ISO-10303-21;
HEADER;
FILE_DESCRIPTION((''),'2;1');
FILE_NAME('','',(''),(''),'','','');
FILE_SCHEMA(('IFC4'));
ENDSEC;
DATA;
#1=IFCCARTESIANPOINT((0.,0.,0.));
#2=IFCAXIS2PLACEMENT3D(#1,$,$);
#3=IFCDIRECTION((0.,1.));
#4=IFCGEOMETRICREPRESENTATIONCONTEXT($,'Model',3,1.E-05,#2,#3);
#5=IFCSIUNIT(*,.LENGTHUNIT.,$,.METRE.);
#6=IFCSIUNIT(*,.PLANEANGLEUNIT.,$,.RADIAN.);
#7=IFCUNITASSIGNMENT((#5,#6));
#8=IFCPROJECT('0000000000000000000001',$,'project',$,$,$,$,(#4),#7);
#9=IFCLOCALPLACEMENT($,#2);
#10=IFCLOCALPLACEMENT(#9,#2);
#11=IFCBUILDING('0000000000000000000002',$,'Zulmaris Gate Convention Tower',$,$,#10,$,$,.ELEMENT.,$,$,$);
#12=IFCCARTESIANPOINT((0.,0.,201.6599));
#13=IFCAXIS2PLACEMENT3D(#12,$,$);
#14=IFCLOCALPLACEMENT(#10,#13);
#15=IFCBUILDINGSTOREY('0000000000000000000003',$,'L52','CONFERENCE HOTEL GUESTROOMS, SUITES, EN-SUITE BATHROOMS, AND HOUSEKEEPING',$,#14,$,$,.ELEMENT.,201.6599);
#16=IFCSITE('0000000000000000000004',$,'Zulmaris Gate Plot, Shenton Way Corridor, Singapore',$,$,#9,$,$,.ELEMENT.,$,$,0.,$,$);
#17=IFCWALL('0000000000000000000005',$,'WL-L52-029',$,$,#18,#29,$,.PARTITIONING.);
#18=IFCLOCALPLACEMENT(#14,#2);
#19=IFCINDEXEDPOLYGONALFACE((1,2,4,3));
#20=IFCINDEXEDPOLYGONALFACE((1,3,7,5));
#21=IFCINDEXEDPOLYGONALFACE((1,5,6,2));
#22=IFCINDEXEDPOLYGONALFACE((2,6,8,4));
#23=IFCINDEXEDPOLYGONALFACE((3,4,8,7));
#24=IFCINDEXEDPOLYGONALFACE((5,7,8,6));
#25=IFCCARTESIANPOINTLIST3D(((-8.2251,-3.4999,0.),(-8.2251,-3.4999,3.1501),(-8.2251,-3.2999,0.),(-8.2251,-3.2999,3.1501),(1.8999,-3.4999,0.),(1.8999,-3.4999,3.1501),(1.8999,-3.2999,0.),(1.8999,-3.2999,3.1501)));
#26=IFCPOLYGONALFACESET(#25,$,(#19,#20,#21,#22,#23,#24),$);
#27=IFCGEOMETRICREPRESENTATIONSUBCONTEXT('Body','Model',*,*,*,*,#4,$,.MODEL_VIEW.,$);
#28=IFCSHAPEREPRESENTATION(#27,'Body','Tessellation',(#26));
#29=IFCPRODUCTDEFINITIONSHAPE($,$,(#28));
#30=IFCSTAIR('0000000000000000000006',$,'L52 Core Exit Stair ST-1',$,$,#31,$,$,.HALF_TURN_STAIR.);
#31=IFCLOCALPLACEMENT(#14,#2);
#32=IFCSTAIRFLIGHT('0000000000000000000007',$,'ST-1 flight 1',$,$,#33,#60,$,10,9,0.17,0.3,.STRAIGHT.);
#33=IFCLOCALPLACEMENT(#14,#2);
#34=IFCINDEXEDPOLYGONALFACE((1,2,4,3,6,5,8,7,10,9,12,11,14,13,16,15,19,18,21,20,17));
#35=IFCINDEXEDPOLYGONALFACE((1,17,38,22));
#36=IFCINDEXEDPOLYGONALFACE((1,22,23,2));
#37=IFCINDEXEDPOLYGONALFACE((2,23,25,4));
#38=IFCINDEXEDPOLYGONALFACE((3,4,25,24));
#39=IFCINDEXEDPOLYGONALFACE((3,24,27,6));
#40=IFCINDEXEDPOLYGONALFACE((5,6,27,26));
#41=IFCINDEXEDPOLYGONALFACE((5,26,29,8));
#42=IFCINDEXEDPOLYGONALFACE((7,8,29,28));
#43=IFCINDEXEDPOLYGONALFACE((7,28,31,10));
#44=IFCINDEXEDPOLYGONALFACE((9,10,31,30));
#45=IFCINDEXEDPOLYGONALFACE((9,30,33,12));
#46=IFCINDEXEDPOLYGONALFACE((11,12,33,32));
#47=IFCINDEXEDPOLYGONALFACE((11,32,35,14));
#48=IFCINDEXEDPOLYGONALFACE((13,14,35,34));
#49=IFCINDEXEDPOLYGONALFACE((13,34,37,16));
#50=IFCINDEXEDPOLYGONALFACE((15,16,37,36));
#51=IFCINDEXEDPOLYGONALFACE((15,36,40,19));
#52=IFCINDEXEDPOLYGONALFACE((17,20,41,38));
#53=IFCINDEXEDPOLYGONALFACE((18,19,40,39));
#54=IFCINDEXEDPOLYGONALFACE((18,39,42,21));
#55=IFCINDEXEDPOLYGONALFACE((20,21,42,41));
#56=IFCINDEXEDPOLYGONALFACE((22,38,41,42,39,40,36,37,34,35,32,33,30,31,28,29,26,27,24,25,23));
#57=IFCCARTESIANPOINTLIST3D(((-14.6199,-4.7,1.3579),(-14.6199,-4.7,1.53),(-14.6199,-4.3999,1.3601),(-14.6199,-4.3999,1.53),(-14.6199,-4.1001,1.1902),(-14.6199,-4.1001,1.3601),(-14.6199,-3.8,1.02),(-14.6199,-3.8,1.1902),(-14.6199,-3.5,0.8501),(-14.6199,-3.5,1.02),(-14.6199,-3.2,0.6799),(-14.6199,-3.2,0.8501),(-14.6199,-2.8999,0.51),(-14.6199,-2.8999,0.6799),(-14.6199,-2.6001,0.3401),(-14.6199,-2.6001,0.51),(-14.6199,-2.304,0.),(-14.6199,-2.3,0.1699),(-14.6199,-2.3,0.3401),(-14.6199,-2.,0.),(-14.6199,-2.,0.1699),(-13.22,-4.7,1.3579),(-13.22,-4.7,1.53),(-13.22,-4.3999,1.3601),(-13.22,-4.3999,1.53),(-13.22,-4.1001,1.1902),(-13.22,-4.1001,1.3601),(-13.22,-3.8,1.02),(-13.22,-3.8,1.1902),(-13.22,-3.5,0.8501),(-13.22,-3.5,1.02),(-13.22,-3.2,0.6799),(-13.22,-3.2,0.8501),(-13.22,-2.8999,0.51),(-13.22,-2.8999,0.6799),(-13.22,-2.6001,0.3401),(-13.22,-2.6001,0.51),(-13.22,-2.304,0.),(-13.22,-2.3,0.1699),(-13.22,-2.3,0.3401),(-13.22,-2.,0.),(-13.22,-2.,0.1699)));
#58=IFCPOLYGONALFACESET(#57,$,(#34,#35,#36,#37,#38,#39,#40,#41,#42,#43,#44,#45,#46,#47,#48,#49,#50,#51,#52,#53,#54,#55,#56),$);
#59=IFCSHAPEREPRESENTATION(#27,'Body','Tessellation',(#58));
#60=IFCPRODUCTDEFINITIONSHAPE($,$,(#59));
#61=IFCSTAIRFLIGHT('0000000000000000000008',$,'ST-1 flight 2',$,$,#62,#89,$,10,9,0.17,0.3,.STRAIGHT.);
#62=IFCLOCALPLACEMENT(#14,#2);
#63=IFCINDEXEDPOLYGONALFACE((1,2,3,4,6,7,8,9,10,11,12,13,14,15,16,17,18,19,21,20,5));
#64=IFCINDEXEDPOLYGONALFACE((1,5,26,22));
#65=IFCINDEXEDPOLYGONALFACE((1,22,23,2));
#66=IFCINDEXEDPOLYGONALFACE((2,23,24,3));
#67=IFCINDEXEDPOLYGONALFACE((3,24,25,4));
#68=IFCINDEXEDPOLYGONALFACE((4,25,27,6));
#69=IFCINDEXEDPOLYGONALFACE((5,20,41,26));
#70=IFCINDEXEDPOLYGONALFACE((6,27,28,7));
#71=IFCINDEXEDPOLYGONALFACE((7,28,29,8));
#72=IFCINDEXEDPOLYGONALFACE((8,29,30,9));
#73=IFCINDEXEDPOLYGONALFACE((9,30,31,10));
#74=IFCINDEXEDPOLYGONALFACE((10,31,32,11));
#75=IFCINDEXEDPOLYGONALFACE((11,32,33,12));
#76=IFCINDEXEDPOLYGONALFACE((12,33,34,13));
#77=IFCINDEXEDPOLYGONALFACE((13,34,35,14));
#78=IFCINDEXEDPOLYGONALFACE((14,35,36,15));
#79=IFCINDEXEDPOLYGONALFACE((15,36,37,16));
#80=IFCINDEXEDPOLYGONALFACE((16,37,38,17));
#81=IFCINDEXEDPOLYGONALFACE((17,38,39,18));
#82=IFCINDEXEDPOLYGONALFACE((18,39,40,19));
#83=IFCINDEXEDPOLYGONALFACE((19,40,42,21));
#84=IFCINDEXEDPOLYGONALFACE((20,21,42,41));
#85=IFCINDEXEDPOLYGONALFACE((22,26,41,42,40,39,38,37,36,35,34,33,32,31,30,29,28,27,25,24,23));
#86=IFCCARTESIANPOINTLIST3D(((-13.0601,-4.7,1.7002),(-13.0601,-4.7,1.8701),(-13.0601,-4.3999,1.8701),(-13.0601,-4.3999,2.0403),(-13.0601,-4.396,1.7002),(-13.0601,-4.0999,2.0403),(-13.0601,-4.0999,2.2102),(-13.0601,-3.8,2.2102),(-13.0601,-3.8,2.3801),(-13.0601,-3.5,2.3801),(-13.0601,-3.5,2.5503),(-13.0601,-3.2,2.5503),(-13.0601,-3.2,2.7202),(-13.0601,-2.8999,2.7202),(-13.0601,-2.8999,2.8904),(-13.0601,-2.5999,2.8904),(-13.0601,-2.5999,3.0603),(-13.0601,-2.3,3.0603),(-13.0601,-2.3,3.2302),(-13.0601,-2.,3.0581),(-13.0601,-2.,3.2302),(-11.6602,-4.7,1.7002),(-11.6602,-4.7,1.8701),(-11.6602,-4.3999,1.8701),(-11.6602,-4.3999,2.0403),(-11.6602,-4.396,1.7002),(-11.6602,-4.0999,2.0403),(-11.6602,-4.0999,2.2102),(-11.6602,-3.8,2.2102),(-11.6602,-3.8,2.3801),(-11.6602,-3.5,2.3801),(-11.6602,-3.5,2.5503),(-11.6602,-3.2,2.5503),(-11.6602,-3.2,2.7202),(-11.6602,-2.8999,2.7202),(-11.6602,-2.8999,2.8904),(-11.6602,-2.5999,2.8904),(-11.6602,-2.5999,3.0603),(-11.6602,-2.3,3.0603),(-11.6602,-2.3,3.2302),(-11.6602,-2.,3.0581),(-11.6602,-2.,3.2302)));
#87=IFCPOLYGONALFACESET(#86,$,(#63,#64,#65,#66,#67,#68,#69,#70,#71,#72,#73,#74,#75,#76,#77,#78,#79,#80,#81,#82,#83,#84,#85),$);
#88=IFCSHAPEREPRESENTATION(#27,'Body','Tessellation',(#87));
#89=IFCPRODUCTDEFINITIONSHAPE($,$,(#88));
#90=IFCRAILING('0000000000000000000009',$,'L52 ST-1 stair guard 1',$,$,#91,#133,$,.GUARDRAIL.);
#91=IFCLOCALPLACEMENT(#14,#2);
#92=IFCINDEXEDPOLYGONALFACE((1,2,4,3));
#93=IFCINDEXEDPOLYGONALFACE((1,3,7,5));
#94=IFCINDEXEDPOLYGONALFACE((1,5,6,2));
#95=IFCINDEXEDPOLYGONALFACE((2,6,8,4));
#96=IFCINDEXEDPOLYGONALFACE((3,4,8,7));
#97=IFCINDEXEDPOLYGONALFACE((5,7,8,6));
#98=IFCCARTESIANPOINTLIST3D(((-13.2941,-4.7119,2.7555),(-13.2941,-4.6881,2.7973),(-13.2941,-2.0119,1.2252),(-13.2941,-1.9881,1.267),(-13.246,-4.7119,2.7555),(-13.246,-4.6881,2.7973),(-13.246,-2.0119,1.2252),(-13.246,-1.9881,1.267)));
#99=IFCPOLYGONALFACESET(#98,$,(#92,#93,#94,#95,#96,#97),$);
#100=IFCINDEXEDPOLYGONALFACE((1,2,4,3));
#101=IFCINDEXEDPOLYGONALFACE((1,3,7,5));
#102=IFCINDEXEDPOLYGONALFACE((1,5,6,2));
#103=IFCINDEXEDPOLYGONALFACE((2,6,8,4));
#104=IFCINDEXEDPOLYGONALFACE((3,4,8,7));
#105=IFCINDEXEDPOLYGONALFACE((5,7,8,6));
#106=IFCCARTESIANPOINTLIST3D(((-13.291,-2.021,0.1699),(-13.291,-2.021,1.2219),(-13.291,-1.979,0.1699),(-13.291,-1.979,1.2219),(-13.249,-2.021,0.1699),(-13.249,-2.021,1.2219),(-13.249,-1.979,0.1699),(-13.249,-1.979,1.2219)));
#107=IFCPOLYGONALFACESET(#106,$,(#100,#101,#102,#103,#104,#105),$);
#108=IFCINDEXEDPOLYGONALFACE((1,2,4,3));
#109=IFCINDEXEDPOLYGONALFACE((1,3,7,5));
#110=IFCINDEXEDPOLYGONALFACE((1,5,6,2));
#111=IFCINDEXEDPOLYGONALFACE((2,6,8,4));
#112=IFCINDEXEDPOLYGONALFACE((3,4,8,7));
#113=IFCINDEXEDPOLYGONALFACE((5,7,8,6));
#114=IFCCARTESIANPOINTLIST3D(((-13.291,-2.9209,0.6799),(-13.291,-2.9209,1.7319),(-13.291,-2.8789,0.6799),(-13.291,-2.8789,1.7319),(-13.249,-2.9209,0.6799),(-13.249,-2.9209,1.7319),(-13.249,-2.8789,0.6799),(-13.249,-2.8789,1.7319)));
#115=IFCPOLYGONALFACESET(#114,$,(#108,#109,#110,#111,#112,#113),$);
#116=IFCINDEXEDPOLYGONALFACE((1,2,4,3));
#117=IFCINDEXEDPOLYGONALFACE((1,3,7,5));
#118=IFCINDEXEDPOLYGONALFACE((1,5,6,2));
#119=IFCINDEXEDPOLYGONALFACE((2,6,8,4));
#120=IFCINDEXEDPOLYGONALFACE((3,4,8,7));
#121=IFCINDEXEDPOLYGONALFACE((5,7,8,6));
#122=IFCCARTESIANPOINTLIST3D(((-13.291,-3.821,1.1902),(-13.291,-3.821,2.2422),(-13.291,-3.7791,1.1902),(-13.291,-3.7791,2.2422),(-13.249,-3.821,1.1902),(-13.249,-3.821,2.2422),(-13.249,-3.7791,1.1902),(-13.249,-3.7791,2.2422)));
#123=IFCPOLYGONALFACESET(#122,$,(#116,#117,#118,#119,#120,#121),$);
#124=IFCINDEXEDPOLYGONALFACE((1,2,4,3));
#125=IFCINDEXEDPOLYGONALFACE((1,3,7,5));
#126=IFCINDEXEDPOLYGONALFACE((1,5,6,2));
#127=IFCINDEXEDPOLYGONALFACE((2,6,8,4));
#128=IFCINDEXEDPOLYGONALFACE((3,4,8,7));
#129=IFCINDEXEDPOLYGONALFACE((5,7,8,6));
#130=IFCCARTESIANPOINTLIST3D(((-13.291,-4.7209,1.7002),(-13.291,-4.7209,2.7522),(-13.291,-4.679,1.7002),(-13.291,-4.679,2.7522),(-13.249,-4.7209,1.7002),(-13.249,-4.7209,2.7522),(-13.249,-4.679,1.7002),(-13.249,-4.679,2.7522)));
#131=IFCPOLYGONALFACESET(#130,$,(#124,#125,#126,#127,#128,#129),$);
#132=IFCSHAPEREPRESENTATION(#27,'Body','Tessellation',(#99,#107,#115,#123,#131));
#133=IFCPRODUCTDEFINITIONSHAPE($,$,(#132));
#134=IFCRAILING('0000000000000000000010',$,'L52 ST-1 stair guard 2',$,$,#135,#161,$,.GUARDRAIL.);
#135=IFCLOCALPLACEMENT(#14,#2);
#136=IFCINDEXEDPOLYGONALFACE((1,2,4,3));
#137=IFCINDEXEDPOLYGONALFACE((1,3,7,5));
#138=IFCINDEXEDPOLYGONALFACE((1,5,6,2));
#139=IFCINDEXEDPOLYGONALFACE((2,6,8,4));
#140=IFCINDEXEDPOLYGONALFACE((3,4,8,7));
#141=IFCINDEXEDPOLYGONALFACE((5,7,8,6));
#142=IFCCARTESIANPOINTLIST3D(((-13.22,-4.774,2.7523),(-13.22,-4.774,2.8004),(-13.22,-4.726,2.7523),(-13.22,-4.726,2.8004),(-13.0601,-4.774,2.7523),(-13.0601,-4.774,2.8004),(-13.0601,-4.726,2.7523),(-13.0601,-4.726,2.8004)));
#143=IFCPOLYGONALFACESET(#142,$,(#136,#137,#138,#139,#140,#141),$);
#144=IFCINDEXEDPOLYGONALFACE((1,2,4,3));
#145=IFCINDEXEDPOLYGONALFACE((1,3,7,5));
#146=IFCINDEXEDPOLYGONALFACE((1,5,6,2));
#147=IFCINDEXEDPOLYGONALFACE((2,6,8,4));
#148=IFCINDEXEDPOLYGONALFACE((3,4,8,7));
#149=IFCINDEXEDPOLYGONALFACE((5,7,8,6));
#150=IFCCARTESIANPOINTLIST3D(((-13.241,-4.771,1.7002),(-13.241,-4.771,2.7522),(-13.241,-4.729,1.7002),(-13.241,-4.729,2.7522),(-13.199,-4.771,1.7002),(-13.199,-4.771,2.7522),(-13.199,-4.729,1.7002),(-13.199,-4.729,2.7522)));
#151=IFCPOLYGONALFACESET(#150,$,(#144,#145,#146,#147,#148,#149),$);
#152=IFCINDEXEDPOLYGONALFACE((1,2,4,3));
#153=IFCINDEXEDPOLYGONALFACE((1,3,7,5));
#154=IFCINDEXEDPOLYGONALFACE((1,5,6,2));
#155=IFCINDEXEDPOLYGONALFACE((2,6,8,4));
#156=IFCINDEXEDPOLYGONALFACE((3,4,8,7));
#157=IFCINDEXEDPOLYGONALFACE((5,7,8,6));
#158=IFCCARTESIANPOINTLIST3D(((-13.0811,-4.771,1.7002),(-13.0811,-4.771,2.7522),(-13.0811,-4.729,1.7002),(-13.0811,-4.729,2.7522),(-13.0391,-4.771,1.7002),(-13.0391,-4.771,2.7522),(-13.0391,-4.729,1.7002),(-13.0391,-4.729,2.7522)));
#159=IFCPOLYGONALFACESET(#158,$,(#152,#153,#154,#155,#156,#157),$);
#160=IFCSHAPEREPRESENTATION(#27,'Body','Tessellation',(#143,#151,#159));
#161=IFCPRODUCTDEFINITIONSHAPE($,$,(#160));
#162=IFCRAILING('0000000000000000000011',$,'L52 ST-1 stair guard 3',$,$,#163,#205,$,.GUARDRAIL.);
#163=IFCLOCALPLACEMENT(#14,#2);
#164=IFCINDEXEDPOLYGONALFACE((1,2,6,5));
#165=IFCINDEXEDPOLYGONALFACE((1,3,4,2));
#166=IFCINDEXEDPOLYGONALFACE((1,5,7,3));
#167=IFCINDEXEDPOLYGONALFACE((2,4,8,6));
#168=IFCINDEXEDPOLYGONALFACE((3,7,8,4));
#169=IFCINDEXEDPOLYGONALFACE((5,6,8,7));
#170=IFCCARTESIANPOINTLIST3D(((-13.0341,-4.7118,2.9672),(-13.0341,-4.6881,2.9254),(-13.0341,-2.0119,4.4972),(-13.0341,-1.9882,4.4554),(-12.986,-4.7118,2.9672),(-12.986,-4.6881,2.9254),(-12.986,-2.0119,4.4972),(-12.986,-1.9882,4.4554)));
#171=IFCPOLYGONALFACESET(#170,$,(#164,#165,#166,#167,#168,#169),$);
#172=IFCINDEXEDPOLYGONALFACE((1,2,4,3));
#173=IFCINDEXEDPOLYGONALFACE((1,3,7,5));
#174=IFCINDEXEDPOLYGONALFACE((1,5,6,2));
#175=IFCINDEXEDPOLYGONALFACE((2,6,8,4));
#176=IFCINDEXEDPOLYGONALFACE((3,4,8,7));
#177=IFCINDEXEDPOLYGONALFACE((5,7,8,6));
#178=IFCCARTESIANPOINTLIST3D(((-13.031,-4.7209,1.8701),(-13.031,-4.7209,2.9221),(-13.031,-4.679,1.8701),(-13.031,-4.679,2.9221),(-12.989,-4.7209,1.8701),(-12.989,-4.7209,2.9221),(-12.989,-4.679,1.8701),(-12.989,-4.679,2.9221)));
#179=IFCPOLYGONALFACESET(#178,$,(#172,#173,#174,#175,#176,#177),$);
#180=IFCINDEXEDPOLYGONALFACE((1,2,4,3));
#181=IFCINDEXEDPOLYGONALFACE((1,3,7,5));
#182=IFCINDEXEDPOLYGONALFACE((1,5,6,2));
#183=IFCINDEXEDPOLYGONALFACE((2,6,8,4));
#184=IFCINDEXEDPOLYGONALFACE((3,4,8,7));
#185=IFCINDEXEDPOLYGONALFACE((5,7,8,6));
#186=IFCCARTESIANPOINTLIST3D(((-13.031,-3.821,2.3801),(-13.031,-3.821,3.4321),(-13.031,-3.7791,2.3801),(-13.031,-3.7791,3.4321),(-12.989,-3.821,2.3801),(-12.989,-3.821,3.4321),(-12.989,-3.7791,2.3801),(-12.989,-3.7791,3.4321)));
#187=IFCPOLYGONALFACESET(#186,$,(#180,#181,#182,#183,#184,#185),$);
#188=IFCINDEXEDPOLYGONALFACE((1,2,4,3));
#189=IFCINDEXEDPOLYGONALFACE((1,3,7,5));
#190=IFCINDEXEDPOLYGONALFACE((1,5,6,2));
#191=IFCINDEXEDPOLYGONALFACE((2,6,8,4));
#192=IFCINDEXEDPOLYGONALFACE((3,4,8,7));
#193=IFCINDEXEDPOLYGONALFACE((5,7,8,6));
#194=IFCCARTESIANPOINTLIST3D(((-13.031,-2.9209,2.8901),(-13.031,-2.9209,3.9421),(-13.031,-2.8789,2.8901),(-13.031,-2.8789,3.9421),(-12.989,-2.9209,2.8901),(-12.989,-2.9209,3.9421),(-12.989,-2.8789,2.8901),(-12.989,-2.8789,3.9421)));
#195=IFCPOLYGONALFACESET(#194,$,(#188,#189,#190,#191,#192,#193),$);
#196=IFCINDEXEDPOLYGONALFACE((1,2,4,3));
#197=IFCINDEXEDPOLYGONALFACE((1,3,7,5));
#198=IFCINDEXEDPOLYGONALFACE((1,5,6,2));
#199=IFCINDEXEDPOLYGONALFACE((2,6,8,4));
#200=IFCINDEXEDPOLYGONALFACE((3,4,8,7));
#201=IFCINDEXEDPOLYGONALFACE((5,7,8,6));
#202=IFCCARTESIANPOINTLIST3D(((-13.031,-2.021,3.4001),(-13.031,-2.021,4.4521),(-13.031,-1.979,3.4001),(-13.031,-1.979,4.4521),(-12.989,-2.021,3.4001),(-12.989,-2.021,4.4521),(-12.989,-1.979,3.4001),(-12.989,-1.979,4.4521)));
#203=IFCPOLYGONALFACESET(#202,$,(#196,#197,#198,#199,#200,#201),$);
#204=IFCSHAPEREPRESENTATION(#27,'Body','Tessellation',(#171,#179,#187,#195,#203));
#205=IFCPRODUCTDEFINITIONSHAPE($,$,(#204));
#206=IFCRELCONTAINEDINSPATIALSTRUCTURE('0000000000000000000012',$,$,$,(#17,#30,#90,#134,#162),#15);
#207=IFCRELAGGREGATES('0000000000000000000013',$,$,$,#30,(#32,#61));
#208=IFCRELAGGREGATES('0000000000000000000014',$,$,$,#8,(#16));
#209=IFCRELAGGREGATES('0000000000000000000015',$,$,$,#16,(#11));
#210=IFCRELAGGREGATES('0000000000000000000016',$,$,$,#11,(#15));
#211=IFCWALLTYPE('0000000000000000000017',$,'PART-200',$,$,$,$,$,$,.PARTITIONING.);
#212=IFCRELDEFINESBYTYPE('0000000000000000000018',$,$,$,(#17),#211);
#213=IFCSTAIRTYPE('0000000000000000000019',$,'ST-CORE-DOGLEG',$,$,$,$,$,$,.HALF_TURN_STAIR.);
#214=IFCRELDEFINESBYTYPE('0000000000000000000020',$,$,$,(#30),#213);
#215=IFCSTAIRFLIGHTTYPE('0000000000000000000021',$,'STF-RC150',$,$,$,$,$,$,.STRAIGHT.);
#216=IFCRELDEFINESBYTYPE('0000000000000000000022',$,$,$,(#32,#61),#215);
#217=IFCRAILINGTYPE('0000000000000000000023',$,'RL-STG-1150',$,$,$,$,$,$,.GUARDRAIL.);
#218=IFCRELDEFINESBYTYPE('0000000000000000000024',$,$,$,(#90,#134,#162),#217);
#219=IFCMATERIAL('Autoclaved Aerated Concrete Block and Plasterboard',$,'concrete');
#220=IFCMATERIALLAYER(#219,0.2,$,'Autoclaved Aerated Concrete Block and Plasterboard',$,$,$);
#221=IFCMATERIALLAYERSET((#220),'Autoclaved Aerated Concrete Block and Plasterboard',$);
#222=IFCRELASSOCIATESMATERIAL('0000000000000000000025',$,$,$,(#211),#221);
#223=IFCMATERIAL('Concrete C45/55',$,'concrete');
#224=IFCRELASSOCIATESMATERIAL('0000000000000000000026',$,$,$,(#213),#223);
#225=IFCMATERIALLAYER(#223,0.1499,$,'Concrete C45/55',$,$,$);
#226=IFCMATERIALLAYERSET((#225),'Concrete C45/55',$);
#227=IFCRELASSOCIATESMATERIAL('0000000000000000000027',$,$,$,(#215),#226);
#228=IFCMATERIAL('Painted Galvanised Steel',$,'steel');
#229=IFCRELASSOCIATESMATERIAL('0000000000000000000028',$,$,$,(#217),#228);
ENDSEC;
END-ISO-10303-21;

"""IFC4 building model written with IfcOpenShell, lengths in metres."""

from ifc_helpers import new_model, si_unit, direction, frame, frame_2d, origin, origin_2d, place, context, subcontext, project, spatial, polyline, rectangle, outline, extrude, material, layer, layer_set, type_object, element, aggregate, save


model = new_model("IFC4")

# Units and contexts
model_context = context("Model", 3, precision=1e-05, world=origin(), true_north=direction((0.0, 1.0)))
body_context = subcontext(model_context, "Body", "Model", "MODEL_VIEW")
ifc_project = project(units=[si_unit("LENGTHUNIT", "METRE"), si_unit("PLANEANGLEUNIT", "RADIAN")], contexts=[model_context])

# Site, building, storey
site_placement = place(None, origin())
site = spatial("IfcSite", under=ifc_project, at=site_placement, Name="Zulmaris Gate Plot, Shenton Way Corridor, Singapore", CompositionType="ELEMENT", RefElevation=0.0)
building_placement = place(site_placement, origin())
building = spatial("IfcBuilding", under=site, at=building_placement, Name="Zulmaris Gate Convention Tower", CompositionType="ELEMENT")
storey_placement = place(building_placement, frame((0.0, 0.0, 201.6599)))
storey = spatial("IfcBuildingStorey", under=building, at=storey_placement, Name="L52", Description="CONFERENCE HOTEL GUESTROOMS, SUITES, EN-SUITE BATHROOMS, AND HOUSEKEEPING", CompositionType="ELEMENT", Elevation=201.6599)

# Wall
ifc_material_1 = material(Name="Autoclaved Aerated Concrete Block and Plasterboard", Category="concrete")
ifc_layer_1 = layer(ifc_material_1, 0.2, Name="Autoclaved Aerated Concrete Block and Plasterboard")
ifc_layer_set_1 = layer_set([ifc_layer_1], Name="Autoclaved Aerated Concrete Block and Plasterboard")
wall_type_1 = type_object("IfcWallType", Name="PART-200", PredefinedType="PARTITIONING", material=ifc_layer_set_1)
wall_1_placement = place(storey_placement, frame((-8.2251, -3.3999, 0.0), z_axis=(0.0, 0.0, 1.0), x_axis=(1.0, 0.0, 0.0)))
element("IfcWall", 1, at=wall_1_placement, inside=storey, type_object=wall_type_1, Name="WL-L52-029", PredefinedType="PARTITIONING", context=body_context, shape_type="SweptSolid", body=[
    extrude(rectangle(XDim=10.125, YDim=0.2, at=frame_2d((5.0625, 0.0))), origin(), (0.0, 0.0, 1.0), 3.1501),
])

# Stair, stair flights
ifc_material_2 = material(Name="Concrete C45/55", Category="concrete")
stair_type = type_object("IfcStairType", Name="ST-CORE-DOGLEG", PredefinedType="HALF_TURN_STAIR", material=ifc_material_2)
stair_placement = place(storey_placement, origin())
stair = element("IfcStair", 2, at=stair_placement, inside=storey, type_object=stair_type, Name="L52 Core Exit Stair ST-1", PredefinedType="HALF_TURN_STAIR")
ifc_layer_2 = layer(ifc_material_2, 0.1499, Name="Concrete C45/55")
ifc_layer_set_2 = layer_set([ifc_layer_2], Name="Concrete C45/55")
stair_flight_type = type_object("IfcStairFlightType", Name="STF-RC150", PredefinedType="STRAIGHT", material=ifc_layer_set_2)
stair_flight_1_placement = place(storey_placement, frame((-13.9199, -2.0, 0.0), z_axis=(0.0, 0.0, 1.0), x_axis=(0.0, -1.0, 0.0)))
stair_flight_1 = element("IfcStairFlight", 3, at=stair_flight_1_placement, type_object=stair_flight_type, Name="ST-1 flight 1", NumberOfRisers=10, NumberOfTreads=9, PredefinedType="STRAIGHT", RiserHeight=0.17, TreadLength=0.3, context=body_context, shape_type="SweptSolid", body=[
    extrude(outline(polyline([(0.0, 0.0), (0.0, 0.1699), (0.3, 0.1699), (0.3, 0.3401), (0.6001, 0.3401), (0.6001, 0.51), (0.8999, 0.51), (0.8999, 0.6799), (1.2, 0.6799), (1.2, 0.8501), (1.5, 0.8501), (1.5, 1.02), (1.8, 1.02), (1.8, 1.1902), (2.1001, 1.1902), (2.1001, 1.3601), (2.3999, 1.3601), (2.3999, 1.53), (2.7, 1.53), (2.7, 1.7002), (2.7, 1.3579), (0.304, 0.0), (0.0, 0.0)])), frame((0.0, 0.7, 0.0), z_axis=(0.0, -1.0, 0.0), x_axis=(1.0, 0.0, 0.0)), (0.0, 0.0, 1.0), 1.3999),
])
stair_flight_2_placement = place(storey_placement, frame((-12.3601, -4.7, 1.7002), z_axis=(0.0, 0.0, 1.0), x_axis=(0.0, 1.0, 0.0)))
stair_flight_2 = element("IfcStairFlight", 4, at=stair_flight_2_placement, type_object=stair_flight_type, Name="ST-1 flight 2", NumberOfRisers=10, NumberOfTreads=9, PredefinedType="STRAIGHT", RiserHeight=0.17, TreadLength=0.3, context=body_context, shape_type="SweptSolid", body=[
    extrude(outline(polyline([(0.0, 0.0), (0.0, 0.1699), (0.3, 0.1699), (0.3, 0.3401), (0.6001, 0.3401), (0.6001, 0.51), (0.8999, 0.51), (0.8999, 0.6799), (1.2, 0.6799), (1.2, 0.8501), (1.5, 0.8501), (1.5, 1.02), (1.8, 1.02), (1.8, 1.1902), (2.1001, 1.1902), (2.1001, 1.3601), (2.3999, 1.3601), (2.3999, 1.53), (2.7, 1.53), (2.7, 1.7002), (2.7, 1.3579), (0.304, 0.0), (0.0, 0.0)])), frame((0.0, 0.7, 0.0), z_axis=(0.0, -1.0, 0.0), x_axis=(1.0, 0.0, 0.0)), (0.0, 0.0, 1.0), 1.3999),
])
aggregate(stair, [stair_flight_1, stair_flight_2])

# Railings
ifc_material_3 = material(Name="Painted Galvanised Steel", Category="steel")
railing_type_1 = type_object("IfcRailingType", Name="RL-STG-1150", PredefinedType="GUARDRAIL", material=ifc_material_3)
railing_1_placement = place(storey_placement, frame((-13.27, -2.0, 0.1699)))
element("IfcRailing", 5, at=railing_1_placement, inside=storey, type_object=railing_type_1, Name="L52 ST-1 stair guard 1", PredefinedType="GUARDRAIL", context=body_context, shape_type="SweptSolid", body=[
    extrude(rectangle(XDim=0.0481, YDim=0.0481, at=origin_2d()), frame((0.0, 0.0, 1.0762), z_axis=(0.0, -0.869981, 0.493086), x_axis=(1.0, 0.0, 0.0)), (0.0, 0.0, 1.0), 3.1035),
    extrude(rectangle(XDim=0.042, YDim=0.042, at=origin_2d()), origin(), (0.0, 0.0, 1.0), 1.052),
    extrude(rectangle(XDim=0.042, YDim=0.042, at=origin_2d()), frame((0.0, -0.8999, 0.51)), (0.0, 0.0, 1.0), 1.052),
    extrude(rectangle(XDim=0.042, YDim=0.042, at=origin_2d()), frame((0.0, -1.8, 1.0203)), (0.0, 0.0, 1.0), 1.052),
    extrude(rectangle(XDim=0.042, YDim=0.042, at=origin_2d()), frame((0.0, -2.7, 1.5303)), (0.0, 0.0, 1.0), 1.052),
])
railing_2_placement = place(storey_placement, frame((-13.22, -4.75, 1.7002)))
element("IfcRailing", 6, at=railing_2_placement, inside=storey, type_object=railing_type_1, Name="L52 ST-1 stair guard 2", PredefinedType="GUARDRAIL", context=body_context, shape_type="SweptSolid", body=[
    extrude(rectangle(XDim=0.0481, YDim=0.0481, at=origin_2d()), frame((0.0, 0.0, 1.0762), z_axis=(1.0, 0.0, 0.0), x_axis=(0.0, 1.0, 0.0)), (0.0, 0.0, 1.0), 0.1599),
    extrude(rectangle(XDim=0.042, YDim=0.042, at=origin_2d()), origin(), (0.0, 0.0, 1.0), 1.052),
    extrude(rectangle(XDim=0.042, YDim=0.042, at=origin_2d()), frame((0.1599, 0.0, 0.0)), (0.0, 0.0, 1.0), 1.052),
])
railing_3_placement = place(storey_placement, frame((-13.01, -4.7, 1.8701)))
element("IfcRailing", 7, at=railing_3_placement, inside=storey, type_object=railing_type_1, Name="L52 ST-1 stair guard 3", PredefinedType="GUARDRAIL", context=body_context, shape_type="SweptSolid", body=[
    extrude(rectangle(XDim=0.0481, YDim=0.0481, at=origin_2d()), frame((0.0, 0.0, 1.0762), z_axis=(0.0, 0.870014, 0.493026), x_axis=(-1.0, 0.0, 0.0)), (0.0, 0.0, 1.0), 3.1033),
    extrude(rectangle(XDim=0.042, YDim=0.042, at=origin_2d()), origin(), (0.0, 0.0, 1.0), 1.052),
    extrude(rectangle(XDim=0.042, YDim=0.042, at=origin_2d()), frame((0.0, 0.8999, 0.51)), (0.0, 0.0, 1.0), 1.052),
    extrude(rectangle(XDim=0.042, YDim=0.042, at=origin_2d()), frame((0.0, 1.8, 1.02)), (0.0, 0.0, 1.0), 1.052),
    extrude(rectangle(XDim=0.042, YDim=0.042, at=origin_2d()), frame((0.0, 2.7, 1.53)), (0.0, 0.0, 1.0), 1.052),
])

save(model, "model.ifc")
